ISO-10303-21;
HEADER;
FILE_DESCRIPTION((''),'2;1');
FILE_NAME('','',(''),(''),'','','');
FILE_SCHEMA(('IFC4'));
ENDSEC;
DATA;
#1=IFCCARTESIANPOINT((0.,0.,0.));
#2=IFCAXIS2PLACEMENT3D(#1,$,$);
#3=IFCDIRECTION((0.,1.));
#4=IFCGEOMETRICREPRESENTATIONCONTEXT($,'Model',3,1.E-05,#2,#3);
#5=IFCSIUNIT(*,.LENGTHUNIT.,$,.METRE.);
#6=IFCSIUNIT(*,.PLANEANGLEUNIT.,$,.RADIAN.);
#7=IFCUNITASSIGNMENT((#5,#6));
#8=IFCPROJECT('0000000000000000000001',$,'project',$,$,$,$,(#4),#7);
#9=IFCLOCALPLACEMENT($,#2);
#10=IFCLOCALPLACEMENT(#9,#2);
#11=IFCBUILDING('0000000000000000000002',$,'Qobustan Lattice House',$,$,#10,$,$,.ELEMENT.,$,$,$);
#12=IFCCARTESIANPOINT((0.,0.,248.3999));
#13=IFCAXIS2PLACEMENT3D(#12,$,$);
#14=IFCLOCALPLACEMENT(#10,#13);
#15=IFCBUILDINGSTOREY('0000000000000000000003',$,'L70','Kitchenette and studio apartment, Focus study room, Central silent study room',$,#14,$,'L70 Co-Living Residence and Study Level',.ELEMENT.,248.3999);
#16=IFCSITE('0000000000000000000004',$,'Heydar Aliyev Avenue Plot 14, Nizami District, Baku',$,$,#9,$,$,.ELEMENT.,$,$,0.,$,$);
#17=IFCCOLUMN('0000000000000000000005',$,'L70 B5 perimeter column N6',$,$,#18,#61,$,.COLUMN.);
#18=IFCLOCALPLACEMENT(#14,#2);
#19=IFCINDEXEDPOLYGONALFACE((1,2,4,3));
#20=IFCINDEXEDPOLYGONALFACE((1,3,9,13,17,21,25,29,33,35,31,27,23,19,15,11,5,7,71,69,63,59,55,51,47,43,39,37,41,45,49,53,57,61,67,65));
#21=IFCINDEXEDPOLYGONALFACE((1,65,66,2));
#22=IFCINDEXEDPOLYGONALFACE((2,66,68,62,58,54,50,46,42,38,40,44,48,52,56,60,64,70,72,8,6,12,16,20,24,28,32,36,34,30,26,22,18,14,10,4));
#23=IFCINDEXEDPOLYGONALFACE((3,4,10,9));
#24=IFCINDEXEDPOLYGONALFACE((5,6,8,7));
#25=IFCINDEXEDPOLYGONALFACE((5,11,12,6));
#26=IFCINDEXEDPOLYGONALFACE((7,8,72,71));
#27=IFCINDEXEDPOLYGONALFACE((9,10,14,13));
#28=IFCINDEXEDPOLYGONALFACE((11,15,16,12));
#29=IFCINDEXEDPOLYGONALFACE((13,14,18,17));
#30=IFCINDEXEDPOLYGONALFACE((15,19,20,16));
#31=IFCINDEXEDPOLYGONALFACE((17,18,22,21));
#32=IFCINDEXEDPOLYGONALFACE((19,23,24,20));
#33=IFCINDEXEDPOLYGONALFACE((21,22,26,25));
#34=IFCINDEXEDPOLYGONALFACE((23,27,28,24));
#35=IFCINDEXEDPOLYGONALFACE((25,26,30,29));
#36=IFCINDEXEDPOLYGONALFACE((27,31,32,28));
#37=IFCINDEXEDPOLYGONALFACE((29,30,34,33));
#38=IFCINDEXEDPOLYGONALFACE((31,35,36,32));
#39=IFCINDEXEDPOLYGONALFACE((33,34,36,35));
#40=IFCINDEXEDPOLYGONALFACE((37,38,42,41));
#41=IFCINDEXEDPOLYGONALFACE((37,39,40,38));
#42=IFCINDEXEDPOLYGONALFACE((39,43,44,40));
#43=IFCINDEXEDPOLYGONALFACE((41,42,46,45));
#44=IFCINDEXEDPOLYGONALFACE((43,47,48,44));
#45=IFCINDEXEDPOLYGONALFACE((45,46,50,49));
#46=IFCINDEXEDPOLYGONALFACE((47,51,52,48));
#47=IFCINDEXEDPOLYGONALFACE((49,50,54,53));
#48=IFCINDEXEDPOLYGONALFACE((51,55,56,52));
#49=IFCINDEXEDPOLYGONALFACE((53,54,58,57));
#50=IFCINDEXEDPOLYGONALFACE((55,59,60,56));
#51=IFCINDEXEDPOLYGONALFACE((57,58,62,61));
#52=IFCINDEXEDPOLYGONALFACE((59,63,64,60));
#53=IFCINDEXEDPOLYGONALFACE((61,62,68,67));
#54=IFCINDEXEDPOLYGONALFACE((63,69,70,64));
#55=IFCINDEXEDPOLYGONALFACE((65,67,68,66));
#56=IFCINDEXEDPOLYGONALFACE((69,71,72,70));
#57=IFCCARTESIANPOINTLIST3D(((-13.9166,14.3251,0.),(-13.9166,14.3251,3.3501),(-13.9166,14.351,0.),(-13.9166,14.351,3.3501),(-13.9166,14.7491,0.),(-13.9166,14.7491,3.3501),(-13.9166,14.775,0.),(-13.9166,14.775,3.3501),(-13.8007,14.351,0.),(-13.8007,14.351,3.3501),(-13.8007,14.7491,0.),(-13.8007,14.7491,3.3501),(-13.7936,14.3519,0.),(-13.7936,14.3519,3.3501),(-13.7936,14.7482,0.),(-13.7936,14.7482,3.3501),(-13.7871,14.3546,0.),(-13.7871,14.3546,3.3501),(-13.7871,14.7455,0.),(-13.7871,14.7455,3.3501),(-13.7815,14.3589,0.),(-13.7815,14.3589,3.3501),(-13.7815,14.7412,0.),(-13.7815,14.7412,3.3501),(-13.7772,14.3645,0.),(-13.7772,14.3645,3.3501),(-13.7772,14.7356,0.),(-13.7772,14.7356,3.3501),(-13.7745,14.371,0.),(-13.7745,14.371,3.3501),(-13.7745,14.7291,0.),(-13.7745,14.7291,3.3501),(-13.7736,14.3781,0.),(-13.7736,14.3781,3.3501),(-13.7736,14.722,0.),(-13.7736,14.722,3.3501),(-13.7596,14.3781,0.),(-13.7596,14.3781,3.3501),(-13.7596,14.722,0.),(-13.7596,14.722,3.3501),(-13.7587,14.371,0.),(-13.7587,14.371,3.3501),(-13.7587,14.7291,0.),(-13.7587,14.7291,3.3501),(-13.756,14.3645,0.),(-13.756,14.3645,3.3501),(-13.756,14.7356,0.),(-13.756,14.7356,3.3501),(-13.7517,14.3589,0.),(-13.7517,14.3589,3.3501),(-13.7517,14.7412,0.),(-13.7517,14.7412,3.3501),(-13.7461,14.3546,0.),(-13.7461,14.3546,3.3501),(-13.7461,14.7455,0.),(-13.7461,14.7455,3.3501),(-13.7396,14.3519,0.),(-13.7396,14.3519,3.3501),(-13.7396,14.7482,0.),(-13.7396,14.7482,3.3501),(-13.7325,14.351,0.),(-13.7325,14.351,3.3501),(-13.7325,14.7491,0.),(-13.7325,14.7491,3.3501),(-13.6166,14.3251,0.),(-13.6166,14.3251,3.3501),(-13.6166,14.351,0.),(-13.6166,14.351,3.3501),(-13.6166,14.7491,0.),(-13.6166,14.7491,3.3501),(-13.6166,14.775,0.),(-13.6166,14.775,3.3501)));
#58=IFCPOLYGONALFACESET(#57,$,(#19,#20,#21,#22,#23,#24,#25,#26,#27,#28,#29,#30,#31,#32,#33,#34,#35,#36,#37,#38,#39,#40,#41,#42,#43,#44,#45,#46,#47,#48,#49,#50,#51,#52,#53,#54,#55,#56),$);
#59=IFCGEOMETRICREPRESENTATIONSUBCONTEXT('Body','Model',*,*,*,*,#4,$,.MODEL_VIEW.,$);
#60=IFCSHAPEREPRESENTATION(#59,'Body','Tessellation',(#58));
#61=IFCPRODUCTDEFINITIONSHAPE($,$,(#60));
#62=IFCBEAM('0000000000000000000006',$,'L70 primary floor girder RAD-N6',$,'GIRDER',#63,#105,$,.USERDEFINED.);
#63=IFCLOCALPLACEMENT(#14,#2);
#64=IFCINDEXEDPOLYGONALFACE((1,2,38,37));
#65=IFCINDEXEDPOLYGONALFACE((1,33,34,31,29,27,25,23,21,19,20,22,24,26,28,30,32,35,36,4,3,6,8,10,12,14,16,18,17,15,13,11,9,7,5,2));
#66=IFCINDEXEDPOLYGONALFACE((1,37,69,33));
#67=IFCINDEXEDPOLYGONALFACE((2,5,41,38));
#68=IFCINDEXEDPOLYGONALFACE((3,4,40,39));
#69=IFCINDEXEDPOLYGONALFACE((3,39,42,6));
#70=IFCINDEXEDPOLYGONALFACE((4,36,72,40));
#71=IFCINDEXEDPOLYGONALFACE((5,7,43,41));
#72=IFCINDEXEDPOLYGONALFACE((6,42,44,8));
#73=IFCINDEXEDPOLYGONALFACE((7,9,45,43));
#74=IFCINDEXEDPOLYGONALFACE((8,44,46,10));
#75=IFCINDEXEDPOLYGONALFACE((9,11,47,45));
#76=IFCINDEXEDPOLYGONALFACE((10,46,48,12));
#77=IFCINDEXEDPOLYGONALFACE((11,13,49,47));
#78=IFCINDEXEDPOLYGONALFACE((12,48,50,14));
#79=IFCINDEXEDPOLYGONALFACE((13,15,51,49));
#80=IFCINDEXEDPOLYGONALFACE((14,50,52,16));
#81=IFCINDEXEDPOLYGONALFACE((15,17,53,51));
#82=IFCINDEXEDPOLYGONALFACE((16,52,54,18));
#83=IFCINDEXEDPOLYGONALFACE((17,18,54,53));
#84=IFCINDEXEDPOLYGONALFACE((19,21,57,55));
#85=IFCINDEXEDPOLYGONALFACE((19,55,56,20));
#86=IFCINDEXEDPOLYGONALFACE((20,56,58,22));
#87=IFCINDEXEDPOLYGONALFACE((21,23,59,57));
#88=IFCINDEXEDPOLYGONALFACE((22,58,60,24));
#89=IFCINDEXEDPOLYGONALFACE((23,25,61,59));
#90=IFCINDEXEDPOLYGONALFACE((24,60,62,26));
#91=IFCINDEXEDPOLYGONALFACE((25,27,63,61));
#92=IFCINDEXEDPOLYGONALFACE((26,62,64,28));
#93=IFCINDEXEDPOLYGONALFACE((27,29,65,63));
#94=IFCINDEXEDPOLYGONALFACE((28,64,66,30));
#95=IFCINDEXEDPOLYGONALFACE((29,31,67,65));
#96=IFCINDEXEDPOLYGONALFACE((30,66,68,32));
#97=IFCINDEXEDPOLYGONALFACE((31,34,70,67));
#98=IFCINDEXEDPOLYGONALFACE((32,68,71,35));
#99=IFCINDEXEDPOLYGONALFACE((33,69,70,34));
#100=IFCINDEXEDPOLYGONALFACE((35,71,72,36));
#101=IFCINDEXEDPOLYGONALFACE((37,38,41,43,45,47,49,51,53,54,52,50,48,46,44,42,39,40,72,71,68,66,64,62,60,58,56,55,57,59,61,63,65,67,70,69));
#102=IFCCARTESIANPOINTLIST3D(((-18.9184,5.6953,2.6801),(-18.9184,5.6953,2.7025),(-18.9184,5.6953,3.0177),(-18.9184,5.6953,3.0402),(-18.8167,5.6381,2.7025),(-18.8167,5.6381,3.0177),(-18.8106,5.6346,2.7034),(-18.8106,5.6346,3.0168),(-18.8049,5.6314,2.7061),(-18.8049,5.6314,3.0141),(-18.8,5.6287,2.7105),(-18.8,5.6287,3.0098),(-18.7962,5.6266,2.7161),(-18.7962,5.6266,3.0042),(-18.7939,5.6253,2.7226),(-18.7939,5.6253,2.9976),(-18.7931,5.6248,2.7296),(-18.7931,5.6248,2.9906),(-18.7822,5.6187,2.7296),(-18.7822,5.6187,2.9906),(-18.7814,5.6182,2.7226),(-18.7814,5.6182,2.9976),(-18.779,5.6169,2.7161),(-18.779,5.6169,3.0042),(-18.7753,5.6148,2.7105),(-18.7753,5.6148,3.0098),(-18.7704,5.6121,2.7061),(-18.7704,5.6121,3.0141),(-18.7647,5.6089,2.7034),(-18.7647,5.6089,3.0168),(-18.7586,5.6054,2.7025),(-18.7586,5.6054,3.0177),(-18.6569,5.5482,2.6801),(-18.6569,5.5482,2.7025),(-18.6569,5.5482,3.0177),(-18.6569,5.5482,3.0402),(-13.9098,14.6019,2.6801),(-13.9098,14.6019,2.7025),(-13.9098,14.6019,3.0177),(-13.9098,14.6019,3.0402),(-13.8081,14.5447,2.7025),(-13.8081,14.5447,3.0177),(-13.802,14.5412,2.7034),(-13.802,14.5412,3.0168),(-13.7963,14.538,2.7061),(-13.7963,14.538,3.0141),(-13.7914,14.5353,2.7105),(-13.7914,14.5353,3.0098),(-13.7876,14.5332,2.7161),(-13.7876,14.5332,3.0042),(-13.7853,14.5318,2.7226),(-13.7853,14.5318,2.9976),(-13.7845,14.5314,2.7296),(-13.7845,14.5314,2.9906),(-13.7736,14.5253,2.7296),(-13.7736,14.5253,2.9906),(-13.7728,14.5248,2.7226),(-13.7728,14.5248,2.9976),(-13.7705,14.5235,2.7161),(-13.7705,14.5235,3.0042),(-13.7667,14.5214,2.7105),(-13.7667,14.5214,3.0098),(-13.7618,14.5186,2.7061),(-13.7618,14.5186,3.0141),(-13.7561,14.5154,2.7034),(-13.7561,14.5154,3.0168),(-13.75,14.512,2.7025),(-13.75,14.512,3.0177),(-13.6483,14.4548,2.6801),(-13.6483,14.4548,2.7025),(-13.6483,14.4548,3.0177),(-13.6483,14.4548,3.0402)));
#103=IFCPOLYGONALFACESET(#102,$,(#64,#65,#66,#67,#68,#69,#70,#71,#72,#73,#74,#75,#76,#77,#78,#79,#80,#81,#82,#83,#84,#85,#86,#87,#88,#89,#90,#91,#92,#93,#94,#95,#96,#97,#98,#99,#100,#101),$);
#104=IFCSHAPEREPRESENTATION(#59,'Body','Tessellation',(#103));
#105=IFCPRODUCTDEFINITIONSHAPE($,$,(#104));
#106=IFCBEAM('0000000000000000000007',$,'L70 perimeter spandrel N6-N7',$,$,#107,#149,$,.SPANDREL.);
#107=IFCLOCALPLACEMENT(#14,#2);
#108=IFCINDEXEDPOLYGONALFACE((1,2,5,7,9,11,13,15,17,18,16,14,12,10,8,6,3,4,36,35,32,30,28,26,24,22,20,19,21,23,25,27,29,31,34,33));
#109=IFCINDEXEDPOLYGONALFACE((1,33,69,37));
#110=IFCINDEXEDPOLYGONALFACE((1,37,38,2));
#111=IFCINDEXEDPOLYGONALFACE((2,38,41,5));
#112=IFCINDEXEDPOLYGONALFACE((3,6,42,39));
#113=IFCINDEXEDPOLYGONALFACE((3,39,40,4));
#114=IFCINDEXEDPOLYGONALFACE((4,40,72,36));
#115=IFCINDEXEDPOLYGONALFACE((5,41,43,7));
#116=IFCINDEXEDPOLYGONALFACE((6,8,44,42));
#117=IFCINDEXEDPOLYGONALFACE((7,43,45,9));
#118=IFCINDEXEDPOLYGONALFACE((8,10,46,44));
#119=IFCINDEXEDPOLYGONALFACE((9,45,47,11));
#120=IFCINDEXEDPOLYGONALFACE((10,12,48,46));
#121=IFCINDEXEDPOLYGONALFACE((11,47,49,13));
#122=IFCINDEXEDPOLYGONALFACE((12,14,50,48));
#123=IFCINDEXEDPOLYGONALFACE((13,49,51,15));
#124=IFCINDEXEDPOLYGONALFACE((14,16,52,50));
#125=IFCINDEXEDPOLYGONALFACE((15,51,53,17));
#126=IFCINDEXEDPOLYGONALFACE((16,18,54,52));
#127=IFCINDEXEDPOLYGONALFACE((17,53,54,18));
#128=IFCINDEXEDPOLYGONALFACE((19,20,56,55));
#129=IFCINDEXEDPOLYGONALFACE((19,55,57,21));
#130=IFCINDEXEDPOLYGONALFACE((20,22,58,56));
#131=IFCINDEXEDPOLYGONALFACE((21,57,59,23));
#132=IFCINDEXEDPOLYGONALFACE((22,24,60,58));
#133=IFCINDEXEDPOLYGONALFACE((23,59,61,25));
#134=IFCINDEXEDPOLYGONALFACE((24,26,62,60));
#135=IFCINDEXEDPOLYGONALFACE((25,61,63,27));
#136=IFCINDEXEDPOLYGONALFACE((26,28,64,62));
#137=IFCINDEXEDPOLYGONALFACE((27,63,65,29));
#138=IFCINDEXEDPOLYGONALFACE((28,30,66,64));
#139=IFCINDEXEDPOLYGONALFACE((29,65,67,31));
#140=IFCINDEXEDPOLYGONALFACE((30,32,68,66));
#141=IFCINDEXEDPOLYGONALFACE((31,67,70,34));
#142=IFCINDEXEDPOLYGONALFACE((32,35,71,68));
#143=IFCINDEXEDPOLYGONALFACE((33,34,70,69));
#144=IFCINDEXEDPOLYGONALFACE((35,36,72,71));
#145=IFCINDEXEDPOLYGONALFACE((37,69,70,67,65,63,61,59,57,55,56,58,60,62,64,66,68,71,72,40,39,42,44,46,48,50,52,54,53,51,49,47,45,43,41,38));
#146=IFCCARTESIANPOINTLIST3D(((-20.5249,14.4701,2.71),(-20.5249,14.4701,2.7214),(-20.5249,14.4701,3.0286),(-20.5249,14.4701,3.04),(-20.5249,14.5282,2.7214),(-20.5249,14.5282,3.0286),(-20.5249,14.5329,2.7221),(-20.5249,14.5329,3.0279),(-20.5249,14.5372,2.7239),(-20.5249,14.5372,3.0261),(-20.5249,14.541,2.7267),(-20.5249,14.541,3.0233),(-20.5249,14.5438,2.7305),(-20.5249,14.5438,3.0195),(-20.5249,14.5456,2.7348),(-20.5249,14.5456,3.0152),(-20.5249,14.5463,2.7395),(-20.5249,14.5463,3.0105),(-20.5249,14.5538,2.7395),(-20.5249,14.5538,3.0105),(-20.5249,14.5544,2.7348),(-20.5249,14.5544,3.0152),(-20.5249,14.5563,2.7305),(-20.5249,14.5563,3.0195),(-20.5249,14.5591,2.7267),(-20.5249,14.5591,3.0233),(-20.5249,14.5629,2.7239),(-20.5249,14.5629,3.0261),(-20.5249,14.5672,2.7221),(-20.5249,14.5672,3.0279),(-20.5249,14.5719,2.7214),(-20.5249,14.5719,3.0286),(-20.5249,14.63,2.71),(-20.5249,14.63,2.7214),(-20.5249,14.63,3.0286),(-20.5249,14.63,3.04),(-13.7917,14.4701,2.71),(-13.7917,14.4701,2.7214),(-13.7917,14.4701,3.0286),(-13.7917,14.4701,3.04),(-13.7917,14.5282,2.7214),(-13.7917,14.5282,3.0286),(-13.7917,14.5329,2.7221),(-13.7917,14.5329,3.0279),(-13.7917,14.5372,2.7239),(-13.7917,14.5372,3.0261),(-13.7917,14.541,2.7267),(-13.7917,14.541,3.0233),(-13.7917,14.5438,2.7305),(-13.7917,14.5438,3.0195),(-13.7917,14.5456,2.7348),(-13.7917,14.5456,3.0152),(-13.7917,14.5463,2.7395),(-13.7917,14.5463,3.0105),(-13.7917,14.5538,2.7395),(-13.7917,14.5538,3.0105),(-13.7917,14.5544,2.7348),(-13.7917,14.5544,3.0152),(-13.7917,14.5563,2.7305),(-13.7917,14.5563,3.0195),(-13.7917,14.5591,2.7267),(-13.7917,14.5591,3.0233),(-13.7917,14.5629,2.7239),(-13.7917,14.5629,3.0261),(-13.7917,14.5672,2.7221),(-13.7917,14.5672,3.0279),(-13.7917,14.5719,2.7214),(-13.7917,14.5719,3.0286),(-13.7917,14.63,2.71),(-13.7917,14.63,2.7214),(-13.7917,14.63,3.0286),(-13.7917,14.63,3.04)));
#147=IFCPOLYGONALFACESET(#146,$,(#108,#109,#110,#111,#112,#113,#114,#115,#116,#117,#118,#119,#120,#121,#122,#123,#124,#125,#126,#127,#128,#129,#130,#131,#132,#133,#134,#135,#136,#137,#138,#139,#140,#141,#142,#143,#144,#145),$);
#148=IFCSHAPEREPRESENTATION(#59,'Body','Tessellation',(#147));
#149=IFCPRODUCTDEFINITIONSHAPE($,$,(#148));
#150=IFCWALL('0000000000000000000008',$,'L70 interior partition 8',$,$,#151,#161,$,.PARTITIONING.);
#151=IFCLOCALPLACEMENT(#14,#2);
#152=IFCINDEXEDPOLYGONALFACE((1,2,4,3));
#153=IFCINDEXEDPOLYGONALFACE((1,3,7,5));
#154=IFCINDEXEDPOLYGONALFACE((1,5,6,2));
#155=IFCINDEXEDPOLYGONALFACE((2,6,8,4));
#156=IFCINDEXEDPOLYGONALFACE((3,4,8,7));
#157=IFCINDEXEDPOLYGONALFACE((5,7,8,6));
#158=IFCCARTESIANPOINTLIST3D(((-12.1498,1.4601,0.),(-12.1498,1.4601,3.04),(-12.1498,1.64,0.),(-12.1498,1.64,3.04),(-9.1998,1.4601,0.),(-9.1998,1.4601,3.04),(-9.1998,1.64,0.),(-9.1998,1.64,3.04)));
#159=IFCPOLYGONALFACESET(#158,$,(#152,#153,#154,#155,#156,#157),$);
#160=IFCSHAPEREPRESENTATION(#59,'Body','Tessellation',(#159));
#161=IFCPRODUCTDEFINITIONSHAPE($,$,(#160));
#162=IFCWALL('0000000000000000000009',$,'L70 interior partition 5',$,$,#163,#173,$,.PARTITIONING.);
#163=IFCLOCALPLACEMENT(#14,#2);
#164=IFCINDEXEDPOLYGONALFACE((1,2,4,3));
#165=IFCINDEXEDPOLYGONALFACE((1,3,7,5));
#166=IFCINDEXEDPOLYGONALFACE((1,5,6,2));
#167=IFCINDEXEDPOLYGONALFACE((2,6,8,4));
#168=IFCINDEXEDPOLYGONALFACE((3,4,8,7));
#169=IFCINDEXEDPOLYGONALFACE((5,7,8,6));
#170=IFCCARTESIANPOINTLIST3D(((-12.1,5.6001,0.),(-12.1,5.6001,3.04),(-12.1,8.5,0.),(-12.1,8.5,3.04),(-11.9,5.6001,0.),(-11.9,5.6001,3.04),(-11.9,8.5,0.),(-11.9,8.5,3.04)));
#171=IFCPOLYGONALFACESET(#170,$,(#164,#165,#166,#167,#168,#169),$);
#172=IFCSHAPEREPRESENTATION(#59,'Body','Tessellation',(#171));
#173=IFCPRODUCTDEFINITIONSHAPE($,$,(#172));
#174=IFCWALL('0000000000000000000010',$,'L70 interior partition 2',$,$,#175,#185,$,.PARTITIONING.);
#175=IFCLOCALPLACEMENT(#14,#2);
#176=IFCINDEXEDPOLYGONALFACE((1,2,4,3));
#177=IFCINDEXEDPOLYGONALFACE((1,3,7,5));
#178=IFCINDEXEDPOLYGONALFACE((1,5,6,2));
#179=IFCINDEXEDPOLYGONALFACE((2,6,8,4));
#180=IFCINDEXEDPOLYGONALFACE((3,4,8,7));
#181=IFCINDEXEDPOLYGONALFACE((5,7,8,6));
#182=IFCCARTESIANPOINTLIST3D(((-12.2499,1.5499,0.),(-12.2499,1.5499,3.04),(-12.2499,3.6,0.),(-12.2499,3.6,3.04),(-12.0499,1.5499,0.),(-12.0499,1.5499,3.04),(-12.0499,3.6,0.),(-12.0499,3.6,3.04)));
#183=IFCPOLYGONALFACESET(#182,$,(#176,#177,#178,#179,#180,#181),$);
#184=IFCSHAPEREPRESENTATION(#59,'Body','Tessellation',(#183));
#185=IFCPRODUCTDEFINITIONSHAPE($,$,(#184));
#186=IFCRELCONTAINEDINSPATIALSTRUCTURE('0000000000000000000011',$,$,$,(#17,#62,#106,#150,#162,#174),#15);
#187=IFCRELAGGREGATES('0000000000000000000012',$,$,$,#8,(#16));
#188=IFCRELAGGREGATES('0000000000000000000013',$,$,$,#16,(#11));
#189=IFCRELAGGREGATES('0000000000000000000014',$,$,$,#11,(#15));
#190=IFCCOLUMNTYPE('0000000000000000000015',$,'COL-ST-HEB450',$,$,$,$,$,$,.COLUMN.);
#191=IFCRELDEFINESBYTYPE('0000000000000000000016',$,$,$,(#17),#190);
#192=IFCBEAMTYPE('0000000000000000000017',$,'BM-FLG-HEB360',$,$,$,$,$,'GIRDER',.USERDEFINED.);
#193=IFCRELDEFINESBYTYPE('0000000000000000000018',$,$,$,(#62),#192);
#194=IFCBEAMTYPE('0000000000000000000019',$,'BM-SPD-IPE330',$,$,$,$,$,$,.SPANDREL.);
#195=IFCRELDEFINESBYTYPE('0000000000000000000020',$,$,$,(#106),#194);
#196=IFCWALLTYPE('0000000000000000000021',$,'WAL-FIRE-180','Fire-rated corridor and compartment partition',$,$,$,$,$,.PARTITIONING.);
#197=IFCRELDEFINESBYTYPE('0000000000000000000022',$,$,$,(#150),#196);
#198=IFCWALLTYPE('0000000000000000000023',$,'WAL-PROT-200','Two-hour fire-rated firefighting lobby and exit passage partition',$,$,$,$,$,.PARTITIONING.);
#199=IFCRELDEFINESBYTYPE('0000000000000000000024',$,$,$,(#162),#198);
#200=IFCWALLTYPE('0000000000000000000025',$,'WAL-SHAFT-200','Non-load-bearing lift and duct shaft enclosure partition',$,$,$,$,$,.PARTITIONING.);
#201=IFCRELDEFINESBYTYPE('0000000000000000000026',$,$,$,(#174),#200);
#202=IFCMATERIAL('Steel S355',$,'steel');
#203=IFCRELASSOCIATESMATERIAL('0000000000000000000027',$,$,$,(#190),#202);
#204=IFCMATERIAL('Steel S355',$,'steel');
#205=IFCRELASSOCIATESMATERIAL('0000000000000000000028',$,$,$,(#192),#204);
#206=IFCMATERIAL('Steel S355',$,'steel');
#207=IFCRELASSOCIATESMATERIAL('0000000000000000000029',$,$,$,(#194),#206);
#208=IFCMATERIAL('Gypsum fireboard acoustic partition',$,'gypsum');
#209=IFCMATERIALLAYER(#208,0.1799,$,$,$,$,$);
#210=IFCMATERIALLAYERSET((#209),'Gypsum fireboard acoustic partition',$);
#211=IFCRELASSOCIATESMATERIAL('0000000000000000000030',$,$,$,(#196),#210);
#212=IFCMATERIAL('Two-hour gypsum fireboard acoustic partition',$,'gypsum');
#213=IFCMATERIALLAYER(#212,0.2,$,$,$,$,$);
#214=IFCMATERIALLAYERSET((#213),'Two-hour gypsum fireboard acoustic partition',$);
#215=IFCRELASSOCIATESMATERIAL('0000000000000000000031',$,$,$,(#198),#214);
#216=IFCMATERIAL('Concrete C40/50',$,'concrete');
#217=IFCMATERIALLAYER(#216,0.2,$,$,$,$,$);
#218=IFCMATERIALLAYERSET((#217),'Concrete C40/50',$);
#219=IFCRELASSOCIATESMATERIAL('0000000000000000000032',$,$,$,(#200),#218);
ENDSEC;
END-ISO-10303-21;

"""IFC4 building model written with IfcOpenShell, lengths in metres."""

from ifc_helpers import new_model, si_unit, direction, frame, frame_2d, origin, origin_2d, place, context, subcontext, project, spatial, rectangle, i_section, extrude, material, layer, layer_set, material_profile, profile_set, type_object, element, save


model = new_model("IFC4")

# Units and contexts
model_context = context("Model", 3, precision=1e-05, world=origin(), true_north=direction((0.0, 1.0)))
body_context = subcontext(model_context, "Body", "Model", "MODEL_VIEW")
ifc_project = project(units=[si_unit("LENGTHUNIT", "METRE"), si_unit("PLANEANGLEUNIT", "RADIAN")], contexts=[model_context])

# Site, building, storey
site_placement = place(None, origin())
site = spatial("IfcSite", under=ifc_project, at=site_placement, Name="Heydar Aliyev Avenue Plot 14, Nizami District, Baku", CompositionType="ELEMENT", RefElevation=0.0)
building_placement = place(site_placement, origin())
building = spatial("IfcBuilding", under=site, at=building_placement, Name="Qobustan Lattice House", CompositionType="ELEMENT")
storey_placement = place(building_placement, frame((0.0, 0.0, 248.3999)))
storey = spatial("IfcBuildingStorey", under=building, at=storey_placement, Name="L70", Description="Kitchenette and studio apartment, Focus study room, Central silent study room", LongName="L70 Co-Living Residence and Study Level", CompositionType="ELEMENT", Elevation=248.3999)

# Column
ifc_material_1 = material(Name="Steel S355", Category="steel")
ifc_material_profile_1 = material_profile(ifc_material_1, i_section(OverallWidth=0.3, OverallDepth=0.45, WebThickness=0.0139, FlangeThickness=0.0259, FilletRadius=0.0271, at=origin_2d()), Name="HEB450")
ifc_profile_set_1 = profile_set([ifc_material_profile_1], Name="Steel S355")
column_type = type_object("IfcColumnType", Name="COL-ST-HEB450", PredefinedType="COLUMN", material=ifc_profile_set_1)
column_placement = place(storey_placement, frame((-13.7666, 14.55, 0.0), z_axis=(0.0, 0.0, 1.0), x_axis=(1.0, 0.0, 0.0)))
element("IfcColumn", 1, at=column_placement, inside=storey, type_object=column_type, Name="L70 B5 perimeter column N6", PredefinedType="COLUMN", context=body_context, shape_type="SweptSolid", body=[
    extrude(i_section(OverallWidth=0.3, OverallDepth=0.45, WebThickness=0.0139, FlangeThickness=0.0259, FilletRadius=0.0271, at=origin_2d()), origin(), (0.0, 0.0, 1.0), 3.3501),
])

# Beams
ifc_material_2 = material(Name="Steel S355", Category="steel")
ifc_material_profile_2 = material_profile(ifc_material_2, i_section(OverallWidth=0.3, OverallDepth=0.3601, WebThickness=0.0125, FlangeThickness=0.0225, FilletRadius=0.0271, at=origin_2d()), Name="HEB360")
ifc_profile_set_2 = profile_set([ifc_material_profile_2], Name="Steel S355")
beam_type_1 = type_object("IfcBeamType", Name="BM-FLG-HEB360", ElementType="GIRDER", PredefinedType="USERDEFINED", material=ifc_profile_set_2)
beam_1_placement = place(storey_placement, frame((-13.7791, 14.5283, 2.8601), z_axis=(-0.49016, -0.871632, 0.0), x_axis=(0.871632, -0.49016, 0.0)))
element("IfcBeam", 2, at=beam_1_placement, inside=storey, type_object=beam_type_1, Name="L70 primary floor girder RAD-N6", ObjectType="GIRDER", PredefinedType="USERDEFINED", context=body_context, shape_type="SweptSolid", body=[
    extrude(i_section(OverallWidth=0.3, OverallDepth=0.3601, WebThickness=0.0125, FlangeThickness=0.0225, FilletRadius=0.0271, at=origin_2d()), origin(), (0.0, 0.0, 1.0), 10.2183),
])
ifc_material_3 = material(Name="Steel S355", Category="steel")
ifc_material_profile_3 = material_profile(ifc_material_3, i_section(OverallWidth=0.1599, OverallDepth=0.3301, WebThickness=0.0076, FlangeThickness=0.0115, FilletRadius=0.0181, at=origin_2d()), Name="IPE330")
ifc_profile_set_3 = profile_set([ifc_material_profile_3], Name="Steel S355")
beam_type_2 = type_object("IfcBeamType", Name="BM-SPD-IPE330", PredefinedType="SPANDREL", material=ifc_profile_set_3)
beam_2_placement = place(storey_placement, frame((-13.7917, 14.55, 2.875), z_axis=(-1.0, 0.0, 0.0), x_axis=(0.0, -1.0, 0.0)))
element("IfcBeam", 3, at=beam_2_placement, inside=storey, type_object=beam_type_2, Name="L70 perimeter spandrel N6-N7", PredefinedType="SPANDREL", context=body_context, shape_type="SweptSolid", body=[
    extrude(i_section(OverallWidth=0.1599, OverallDepth=0.3301, WebThickness=0.0076, FlangeThickness=0.0115, FilletRadius=0.0181, at=origin_2d()), origin(), (0.0, 0.0, 1.0), 6.7332),
])

# Walls
ifc_material_4 = material(Name="Gypsum fireboard acoustic partition", Category="gypsum")
ifc_layer_1 = layer(ifc_material_4, 0.1799)
ifc_layer_set_1 = layer_set([ifc_layer_1], Name="Gypsum fireboard acoustic partition")
wall_type_1 = type_object("IfcWallType", Name="WAL-FIRE-180", Description="Fire-rated corridor and compartment partition", PredefinedType="PARTITIONING", material=ifc_layer_set_1)
wall_1_placement = place(storey_placement, frame((-12.1499, 1.55, 0.0), z_axis=(0.0, 0.0, 1.0), x_axis=(1.0, 0.0, 0.0)))
element("IfcWall", 4, at=wall_1_placement, inside=storey, type_object=wall_type_1, Name="L70 interior partition 8", PredefinedType="PARTITIONING", context=body_context, shape_type="SweptSolid", body=[
    extrude(rectangle(XDim=2.95, YDim=0.1799, at=frame_2d((1.4751, 0.0))), origin(), (0.0, 0.0, 1.0), 3.04),
])
ifc_material_5 = material(Name="Two-hour gypsum fireboard acoustic partition", Category="gypsum")
ifc_layer_2 = layer(ifc_material_5, 0.2)
ifc_layer_set_2 = layer_set([ifc_layer_2], Name="Two-hour gypsum fireboard acoustic partition")
wall_type_2 = type_object("IfcWallType", Name="WAL-PROT-200", Description="Two-hour fire-rated firefighting lobby and exit passage partition", PredefinedType="PARTITIONING", material=ifc_layer_set_2)
wall_2_placement = place(storey_placement, frame((-12.0, 5.6001, 0.0), z_axis=(0.0, 0.0, 1.0), x_axis=(0.0, 1.0, 0.0)))
element("IfcWall", 5, at=wall_2_placement, inside=storey, type_object=wall_type_2, Name="L70 interior partition 5", PredefinedType="PARTITIONING", context=body_context, shape_type="SweptSolid", body=[
    extrude(rectangle(XDim=2.8999, YDim=0.2, at=frame_2d((1.45, 0.0))), origin(), (0.0, 0.0, 1.0), 3.04),
])
ifc_material_6 = material(Name="Concrete C40/50", Category="concrete")
ifc_layer_3 = layer(ifc_material_6, 0.2)
ifc_layer_set_3 = layer_set([ifc_layer_3], Name="Concrete C40/50")
wall_type_3 = type_object("IfcWallType", Name="WAL-SHAFT-200", Description="Non-load-bearing lift and duct shaft enclosure partition", PredefinedType="PARTITIONING", material=ifc_layer_set_3)
wall_3_placement = place(storey_placement, frame((-12.1499, 1.55, 0.0), z_axis=(0.0, 0.0, 1.0), x_axis=(0.0, 1.0, 0.0)))
element("IfcWall", 6, at=wall_3_placement, inside=storey, type_object=wall_type_3, Name="L70 interior partition 2", PredefinedType="PARTITIONING", context=body_context, shape_type="SweptSolid", body=[
    extrude(rectangle(XDim=2.05, YDim=0.2, at=frame_2d((1.0249, 0.0))), origin(), (0.0, 0.0, 1.0), 3.04),
])

save(model, "model.ifc")
